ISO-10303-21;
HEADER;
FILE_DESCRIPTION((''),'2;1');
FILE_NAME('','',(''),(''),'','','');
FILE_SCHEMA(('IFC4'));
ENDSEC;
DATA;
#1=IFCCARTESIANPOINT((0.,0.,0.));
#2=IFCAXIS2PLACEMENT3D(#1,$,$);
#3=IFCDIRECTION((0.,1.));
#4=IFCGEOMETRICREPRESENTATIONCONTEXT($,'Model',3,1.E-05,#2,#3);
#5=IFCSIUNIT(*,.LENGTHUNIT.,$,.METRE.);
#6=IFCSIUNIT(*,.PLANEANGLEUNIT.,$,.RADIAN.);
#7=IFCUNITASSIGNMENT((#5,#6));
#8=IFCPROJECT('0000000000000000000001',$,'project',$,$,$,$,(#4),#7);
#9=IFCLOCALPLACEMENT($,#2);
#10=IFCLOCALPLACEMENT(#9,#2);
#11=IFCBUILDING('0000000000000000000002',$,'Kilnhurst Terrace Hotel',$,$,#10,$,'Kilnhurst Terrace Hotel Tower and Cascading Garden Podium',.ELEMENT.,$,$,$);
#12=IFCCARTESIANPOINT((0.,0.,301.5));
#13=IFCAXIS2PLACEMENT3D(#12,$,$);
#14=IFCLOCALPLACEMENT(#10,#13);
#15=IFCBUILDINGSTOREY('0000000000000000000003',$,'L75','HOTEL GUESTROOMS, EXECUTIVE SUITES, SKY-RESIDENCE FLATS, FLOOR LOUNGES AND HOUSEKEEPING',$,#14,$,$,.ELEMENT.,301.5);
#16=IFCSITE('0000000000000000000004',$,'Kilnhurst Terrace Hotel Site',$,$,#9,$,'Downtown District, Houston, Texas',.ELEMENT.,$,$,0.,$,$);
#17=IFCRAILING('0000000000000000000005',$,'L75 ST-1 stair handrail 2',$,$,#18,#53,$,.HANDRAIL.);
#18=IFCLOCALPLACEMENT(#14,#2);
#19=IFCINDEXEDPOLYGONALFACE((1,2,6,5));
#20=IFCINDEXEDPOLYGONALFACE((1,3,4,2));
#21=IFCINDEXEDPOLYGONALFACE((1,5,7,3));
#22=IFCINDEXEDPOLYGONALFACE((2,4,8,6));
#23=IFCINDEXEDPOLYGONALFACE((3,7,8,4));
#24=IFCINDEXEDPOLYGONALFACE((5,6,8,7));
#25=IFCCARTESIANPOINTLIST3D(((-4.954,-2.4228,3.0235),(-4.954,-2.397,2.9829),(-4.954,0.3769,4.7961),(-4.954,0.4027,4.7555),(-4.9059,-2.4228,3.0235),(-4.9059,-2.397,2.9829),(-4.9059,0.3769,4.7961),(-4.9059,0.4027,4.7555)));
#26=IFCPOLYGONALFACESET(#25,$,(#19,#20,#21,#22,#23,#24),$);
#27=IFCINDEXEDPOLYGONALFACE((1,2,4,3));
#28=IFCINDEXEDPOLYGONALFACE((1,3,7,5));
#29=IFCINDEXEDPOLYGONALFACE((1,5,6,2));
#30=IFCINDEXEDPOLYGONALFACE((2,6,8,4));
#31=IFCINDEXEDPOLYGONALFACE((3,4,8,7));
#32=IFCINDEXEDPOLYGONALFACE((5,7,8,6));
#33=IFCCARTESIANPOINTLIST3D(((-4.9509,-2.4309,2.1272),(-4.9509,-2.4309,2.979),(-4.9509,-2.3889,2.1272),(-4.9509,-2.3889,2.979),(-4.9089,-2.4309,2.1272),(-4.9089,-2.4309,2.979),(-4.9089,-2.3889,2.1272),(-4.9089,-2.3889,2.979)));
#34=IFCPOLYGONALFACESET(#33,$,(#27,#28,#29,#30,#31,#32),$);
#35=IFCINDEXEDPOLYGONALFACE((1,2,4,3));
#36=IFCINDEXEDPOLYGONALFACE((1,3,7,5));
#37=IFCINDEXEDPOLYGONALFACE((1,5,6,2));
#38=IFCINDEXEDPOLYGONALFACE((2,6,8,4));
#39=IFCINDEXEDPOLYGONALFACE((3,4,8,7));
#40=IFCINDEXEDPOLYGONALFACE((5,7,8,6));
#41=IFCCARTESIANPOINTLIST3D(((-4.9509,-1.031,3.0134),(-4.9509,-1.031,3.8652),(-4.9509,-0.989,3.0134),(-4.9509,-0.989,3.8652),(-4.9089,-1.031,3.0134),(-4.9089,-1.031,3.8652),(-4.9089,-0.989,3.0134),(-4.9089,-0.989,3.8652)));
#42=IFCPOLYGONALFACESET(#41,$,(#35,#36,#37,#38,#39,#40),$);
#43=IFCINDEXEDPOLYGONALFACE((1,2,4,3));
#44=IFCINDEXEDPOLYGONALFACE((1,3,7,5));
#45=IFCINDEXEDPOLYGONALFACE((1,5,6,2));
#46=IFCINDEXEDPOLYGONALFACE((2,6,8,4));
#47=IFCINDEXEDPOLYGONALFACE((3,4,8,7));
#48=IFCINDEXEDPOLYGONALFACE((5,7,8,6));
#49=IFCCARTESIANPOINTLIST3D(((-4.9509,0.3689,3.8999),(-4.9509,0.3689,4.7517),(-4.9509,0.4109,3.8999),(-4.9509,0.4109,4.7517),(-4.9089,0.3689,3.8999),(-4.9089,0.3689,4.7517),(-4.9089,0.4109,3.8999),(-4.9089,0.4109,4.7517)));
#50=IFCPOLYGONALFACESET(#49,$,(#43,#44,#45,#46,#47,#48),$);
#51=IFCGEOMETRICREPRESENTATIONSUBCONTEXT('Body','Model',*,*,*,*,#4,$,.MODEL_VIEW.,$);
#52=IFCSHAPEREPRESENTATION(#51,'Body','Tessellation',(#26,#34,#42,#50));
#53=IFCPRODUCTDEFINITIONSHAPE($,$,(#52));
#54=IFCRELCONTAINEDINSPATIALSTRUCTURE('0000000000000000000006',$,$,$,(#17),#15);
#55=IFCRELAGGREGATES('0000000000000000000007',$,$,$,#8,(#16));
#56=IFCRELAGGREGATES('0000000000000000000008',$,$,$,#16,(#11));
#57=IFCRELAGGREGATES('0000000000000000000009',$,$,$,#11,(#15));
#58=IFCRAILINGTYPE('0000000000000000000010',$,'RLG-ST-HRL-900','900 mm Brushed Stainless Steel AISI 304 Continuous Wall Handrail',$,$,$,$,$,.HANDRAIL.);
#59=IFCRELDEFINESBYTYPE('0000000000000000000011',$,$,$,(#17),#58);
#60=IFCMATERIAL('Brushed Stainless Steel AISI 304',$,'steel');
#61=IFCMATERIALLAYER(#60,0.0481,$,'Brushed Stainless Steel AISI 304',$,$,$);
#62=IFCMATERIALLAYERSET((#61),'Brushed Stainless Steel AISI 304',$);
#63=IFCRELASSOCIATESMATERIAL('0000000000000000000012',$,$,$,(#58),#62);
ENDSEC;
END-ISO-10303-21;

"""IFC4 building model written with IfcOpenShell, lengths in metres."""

from ifc_helpers import new_model, si_unit, direction, frame, origin, origin_2d, place, context, subcontext, project, spatial, rectangle, extrude, material, layer, layer_set, type_object, element, save


model = new_model("IFC4")

# Units and contexts
model_context = context("Model", 3, precision=1e-05, world=origin(), true_north=direction((0.0, 1.0)))
body_context = subcontext(model_context, "Body", "Model", "MODEL_VIEW")
ifc_project = project(units=[si_unit("LENGTHUNIT", "METRE"), si_unit("PLANEANGLEUNIT", "RADIAN")], contexts=[model_context])

# Site, building, storey
site_placement = place(None, origin())
site = spatial("IfcSite", under=ifc_project, at=site_placement, Name="Kilnhurst Terrace Hotel Site", LongName="Downtown District, Houston, Texas", CompositionType="ELEMENT", RefElevation=0.0)
building_placement = place(site_placement, origin())
building = spatial("IfcBuilding", under=site, at=building_placement, Name="Kilnhurst Terrace Hotel", LongName="Kilnhurst Terrace Hotel Tower and Cascading Garden Podium", CompositionType="ELEMENT")
storey_placement = place(building_placement, frame((0.0, 0.0, 301.5)))
storey = spatial("IfcBuildingStorey", under=building, at=storey_placement, Name="L75", Description="HOTEL GUESTROOMS, EXECUTIVE SUITES, SKY-RESIDENCE FLATS, FLOOR LOUNGES AND HOUSEKEEPING", CompositionType="ELEMENT", Elevation=301.5)

# Railing
ifc_material_1 = material(Name="Brushed Stainless Steel AISI 304", Category="steel")
ifc_layer_1 = layer(ifc_material_1, 0.0481, Name="Brushed Stainless Steel AISI 304")
ifc_layer_set_1 = layer_set([ifc_layer_1], Name="Brushed Stainless Steel AISI 304")
railing_type_1 = type_object("IfcRailingType", Name="RLG-ST-HRL-900", Description="900 mm Brushed Stainless Steel AISI 304 Continuous Wall Handrail", PredefinedType="HANDRAIL", material=ifc_layer_set_1)
railing_1_placement = place(storey_placement, frame((-4.9299, -2.4099, 2.1272)))
element("IfcRailing", 1, at=railing_1_placement, inside=storey, type_object=railing_type_1, Name="L75 ST-1 stair handrail 2", PredefinedType="HANDRAIL", context=body_context, shape_type="SweptSolid", body=[
    extrude(rectangle(XDim=0.0481, YDim=0.0481, at=origin_2d()), frame((0.0, 0.0, 0.876), z_axis=(0.0, 0.844888, 0.534943), x_axis=(-1.0, 0.0, 0.0)), (0.0, 0.0, 1.0), 3.3137),
    extrude(rectangle(XDim=0.042, YDim=0.042, at=origin_2d()), origin(), (0.0, 0.0, 1.0), 0.8518),
    extrude(rectangle(XDim=0.042, YDim=0.042, at=origin_2d()), frame((0.0, 1.3999, 0.8862)), (0.0, 0.0, 1.0), 0.8518),
    extrude(rectangle(XDim=0.042, YDim=0.042, at=origin_2d()), frame((0.0, 2.7998, 1.7727)), (0.0, 0.0, 1.0), 0.8518),
])

save(model, "model.ifc")
